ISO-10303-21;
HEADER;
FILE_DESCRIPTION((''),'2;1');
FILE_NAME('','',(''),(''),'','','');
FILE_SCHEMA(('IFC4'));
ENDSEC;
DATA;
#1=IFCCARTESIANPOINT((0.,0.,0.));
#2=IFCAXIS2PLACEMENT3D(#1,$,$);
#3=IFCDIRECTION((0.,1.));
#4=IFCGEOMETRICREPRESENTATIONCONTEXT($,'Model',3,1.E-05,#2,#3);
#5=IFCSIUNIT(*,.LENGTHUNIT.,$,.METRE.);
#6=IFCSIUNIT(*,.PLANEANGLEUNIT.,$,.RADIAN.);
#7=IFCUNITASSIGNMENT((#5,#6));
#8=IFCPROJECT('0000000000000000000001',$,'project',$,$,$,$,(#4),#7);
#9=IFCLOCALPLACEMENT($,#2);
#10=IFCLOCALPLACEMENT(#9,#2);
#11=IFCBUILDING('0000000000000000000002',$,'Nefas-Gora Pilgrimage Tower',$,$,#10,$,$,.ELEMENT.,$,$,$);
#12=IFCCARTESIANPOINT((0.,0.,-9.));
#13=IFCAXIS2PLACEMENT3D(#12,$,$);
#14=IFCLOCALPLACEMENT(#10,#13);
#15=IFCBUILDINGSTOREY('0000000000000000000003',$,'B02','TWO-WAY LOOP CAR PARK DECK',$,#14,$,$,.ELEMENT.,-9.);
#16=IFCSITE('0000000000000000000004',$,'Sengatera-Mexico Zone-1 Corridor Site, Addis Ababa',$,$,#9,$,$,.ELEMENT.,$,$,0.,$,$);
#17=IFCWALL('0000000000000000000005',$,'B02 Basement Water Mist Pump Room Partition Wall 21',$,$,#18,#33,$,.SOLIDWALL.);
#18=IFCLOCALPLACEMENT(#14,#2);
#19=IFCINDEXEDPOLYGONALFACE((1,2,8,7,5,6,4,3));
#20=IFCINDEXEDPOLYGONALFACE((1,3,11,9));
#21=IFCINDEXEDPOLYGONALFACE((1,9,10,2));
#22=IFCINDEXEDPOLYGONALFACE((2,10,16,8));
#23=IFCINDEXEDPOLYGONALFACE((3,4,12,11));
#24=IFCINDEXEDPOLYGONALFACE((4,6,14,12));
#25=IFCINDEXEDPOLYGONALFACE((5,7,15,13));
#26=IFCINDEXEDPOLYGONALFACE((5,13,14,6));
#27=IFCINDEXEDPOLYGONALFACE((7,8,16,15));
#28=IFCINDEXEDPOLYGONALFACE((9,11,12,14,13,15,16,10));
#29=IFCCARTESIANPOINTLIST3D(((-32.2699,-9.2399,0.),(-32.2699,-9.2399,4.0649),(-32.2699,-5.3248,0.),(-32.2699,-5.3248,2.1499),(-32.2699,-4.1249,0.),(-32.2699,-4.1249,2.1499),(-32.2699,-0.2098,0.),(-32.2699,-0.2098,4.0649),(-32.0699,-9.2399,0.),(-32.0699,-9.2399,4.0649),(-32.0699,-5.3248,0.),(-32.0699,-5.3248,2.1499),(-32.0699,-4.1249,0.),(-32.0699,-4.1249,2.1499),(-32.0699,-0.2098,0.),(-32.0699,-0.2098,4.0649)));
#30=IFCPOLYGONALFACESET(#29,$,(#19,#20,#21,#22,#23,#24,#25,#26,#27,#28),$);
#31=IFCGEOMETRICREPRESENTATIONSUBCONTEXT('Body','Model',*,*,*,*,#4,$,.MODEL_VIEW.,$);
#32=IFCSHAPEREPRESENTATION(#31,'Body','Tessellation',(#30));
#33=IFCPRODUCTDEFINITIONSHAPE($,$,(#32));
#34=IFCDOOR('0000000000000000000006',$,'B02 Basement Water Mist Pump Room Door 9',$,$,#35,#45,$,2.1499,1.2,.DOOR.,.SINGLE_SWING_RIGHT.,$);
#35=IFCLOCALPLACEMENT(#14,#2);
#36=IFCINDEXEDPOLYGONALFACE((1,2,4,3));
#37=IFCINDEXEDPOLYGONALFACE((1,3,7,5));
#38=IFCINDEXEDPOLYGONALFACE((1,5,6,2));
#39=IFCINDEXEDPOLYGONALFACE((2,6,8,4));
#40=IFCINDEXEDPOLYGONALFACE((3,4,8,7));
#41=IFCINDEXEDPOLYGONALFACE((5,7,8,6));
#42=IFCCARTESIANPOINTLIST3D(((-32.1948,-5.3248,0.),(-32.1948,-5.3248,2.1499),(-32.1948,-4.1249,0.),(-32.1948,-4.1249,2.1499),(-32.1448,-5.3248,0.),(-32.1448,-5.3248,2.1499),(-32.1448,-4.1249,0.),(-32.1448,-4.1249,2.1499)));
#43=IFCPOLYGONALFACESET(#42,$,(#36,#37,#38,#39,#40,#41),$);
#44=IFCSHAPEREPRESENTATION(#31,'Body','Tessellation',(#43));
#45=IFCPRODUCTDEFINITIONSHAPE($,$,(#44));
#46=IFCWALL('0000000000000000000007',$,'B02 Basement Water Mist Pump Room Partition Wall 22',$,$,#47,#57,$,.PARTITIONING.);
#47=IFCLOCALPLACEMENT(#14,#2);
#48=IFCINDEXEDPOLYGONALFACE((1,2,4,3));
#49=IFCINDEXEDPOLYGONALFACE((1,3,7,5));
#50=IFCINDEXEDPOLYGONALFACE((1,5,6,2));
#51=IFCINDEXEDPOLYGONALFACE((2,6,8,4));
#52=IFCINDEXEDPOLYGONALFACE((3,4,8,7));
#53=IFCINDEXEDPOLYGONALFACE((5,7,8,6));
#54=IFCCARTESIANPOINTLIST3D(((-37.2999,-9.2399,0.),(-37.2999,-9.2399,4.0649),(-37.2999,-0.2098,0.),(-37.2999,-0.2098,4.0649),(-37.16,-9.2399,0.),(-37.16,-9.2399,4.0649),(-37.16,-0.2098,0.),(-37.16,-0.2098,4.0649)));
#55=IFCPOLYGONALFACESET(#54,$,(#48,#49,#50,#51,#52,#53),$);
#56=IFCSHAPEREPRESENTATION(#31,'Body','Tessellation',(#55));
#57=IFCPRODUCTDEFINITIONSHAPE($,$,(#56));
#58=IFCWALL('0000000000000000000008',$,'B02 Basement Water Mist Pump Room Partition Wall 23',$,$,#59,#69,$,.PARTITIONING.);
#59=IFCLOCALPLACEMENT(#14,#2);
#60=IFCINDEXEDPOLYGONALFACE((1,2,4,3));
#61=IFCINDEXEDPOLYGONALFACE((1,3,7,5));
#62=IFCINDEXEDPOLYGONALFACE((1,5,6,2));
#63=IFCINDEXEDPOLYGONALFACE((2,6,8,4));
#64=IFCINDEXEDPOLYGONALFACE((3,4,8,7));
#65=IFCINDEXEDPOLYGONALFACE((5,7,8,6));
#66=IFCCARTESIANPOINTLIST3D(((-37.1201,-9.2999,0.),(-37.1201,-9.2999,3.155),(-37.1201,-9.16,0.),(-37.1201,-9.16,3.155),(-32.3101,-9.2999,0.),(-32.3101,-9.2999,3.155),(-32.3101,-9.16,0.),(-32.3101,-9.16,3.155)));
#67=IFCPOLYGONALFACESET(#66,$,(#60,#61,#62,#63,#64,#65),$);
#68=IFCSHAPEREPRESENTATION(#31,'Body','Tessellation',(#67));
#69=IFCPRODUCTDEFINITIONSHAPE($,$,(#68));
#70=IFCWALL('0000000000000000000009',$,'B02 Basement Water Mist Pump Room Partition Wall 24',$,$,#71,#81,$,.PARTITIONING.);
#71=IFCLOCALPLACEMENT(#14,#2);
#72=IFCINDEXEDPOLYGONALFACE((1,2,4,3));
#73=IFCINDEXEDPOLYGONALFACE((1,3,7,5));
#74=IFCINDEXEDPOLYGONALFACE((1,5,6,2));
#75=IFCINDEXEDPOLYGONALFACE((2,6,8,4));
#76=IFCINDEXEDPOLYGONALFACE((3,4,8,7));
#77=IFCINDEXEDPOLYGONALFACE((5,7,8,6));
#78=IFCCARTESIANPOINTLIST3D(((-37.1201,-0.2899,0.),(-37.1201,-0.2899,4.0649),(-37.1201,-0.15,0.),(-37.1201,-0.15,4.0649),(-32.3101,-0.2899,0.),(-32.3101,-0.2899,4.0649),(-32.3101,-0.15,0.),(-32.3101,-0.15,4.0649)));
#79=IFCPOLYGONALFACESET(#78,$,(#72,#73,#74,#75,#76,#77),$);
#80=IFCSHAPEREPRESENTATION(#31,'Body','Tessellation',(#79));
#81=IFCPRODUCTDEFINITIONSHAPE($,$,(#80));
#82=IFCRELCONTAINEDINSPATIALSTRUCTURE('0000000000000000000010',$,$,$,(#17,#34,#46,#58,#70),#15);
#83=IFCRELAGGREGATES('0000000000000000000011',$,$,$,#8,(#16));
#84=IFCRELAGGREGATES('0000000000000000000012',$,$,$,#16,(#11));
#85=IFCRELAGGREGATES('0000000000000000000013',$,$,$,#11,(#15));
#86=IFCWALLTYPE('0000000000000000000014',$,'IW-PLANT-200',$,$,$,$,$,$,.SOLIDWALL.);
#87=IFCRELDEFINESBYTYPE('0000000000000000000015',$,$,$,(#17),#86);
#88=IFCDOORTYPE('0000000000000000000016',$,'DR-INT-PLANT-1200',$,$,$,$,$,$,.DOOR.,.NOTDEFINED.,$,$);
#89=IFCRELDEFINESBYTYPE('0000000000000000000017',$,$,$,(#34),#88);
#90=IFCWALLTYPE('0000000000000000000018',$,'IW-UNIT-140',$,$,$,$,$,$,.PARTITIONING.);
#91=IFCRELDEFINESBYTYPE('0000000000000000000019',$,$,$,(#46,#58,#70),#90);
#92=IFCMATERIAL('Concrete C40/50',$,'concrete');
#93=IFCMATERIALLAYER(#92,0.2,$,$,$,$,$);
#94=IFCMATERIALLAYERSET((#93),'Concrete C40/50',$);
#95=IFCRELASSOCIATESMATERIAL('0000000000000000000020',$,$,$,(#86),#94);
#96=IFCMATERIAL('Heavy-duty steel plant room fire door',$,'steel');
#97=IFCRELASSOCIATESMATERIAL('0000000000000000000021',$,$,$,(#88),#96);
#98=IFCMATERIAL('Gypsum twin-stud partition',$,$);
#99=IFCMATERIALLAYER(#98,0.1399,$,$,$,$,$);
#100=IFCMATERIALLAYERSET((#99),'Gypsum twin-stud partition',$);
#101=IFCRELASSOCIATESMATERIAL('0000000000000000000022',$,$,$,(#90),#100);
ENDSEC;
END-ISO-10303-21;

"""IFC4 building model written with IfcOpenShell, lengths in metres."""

from ifc_helpers import new_model, si_unit, direction, frame, frame_2d, origin, place, context, subcontext, project, spatial, rectangle, extrude, source, transform, mapped, material, layer, layer_set, type_object, element, fill, save


model = new_model("IFC4")

# Units and contexts
model_context = context("Model", 3, precision=1e-05, world=origin(), true_north=direction((0.0, 1.0)))
body_context = subcontext(model_context, "Body", "Model", "MODEL_VIEW")
ifc_project = project(units=[si_unit("LENGTHUNIT", "METRE"), si_unit("PLANEANGLEUNIT", "RADIAN")], contexts=[model_context])

# Site, building, storey
site_placement = place(None, origin())
site = spatial("IfcSite", under=ifc_project, at=site_placement, Name="Sengatera-Mexico Zone-1 Corridor Site, Addis Ababa", CompositionType="ELEMENT", RefElevation=0.0)
building_placement = place(site_placement, origin())
building = spatial("IfcBuilding", under=site, at=building_placement, Name="Nefas-Gora Pilgrimage Tower", CompositionType="ELEMENT")
storey_placement = place(building_placement, frame((0.0, 0.0, -9.0)))
storey = spatial("IfcBuildingStorey", under=building, at=storey_placement, Name="B02", Description="TWO-WAY LOOP CAR PARK DECK", CompositionType="ELEMENT", Elevation=-9.0)

# Wall, opening, door
ifc_material_1 = material(Name="Concrete C40/50", Category="concrete")
ifc_layer_1 = layer(ifc_material_1, 0.2)
ifc_layer_set_1 = layer_set([ifc_layer_1], Name="Concrete C40/50")
wall_type_1 = type_object("IfcWallType", Name="IW-PLANT-200", PredefinedType="SOLIDWALL", material=ifc_layer_set_1)
shared_shape_1 = source(origin(), body_context, "Body", "SweptSolid", [
    extrude(rectangle(XDim=9.03, YDim=0.2, at=frame_2d((4.5151, 0.0))), origin(), (0.0, 0.0, 1.0), 4.0649),
])
wall_1_placement = place(storey_placement, frame((-32.1699, -9.24, 0.0), z_axis=(0.0, 0.0, 1.0), x_axis=(0.0, 1.0, 0.0)))
wall_1 = element("IfcWall", 1, at=wall_1_placement, inside=storey, type_object=wall_type_1, Name="B02 Basement Water Mist Pump Room Partition Wall 21", PredefinedType="SOLIDWALL", context=body_context, shape_type="MappedRepresentation", body=[
    mapped(shared_shape_1, transform((0.0, 0.0, 0.0), x_axis=(1.0, 0.0, 0.0), y_axis=(0.0, 1.0, 0.0), z_axis=(0.0, 0.0, 1.0), scale=1.0)),
])
opening_1_placement = place(wall_1_placement, frame((3.915, 0.0, 0.0)))
opening_1 = element("IfcOpeningElement", 2, at=opening_1_placement, cuts=wall_1, PredefinedType="OPENING", context=body_context, shape_type="SweptSolid", body=[
    extrude(rectangle(XDim=1.2, YDim=2.1499, at=frame_2d((0.6001, 1.075))), frame((0.0, 0.1099, 0.0), z_axis=(0.0, -1.0, 0.0), x_axis=(1.0, 0.0, 0.0)), (0.0, 0.0, 1.0), 0.22),
])
ifc_material_2 = material(Name="Heavy-duty steel plant room fire door", Category="steel")
door_type_1 = type_object("IfcDoorType", Name="DR-INT-PLANT-1200", OperationType="NOTDEFINED", PredefinedType="DOOR", material=ifc_material_2)
shared_shape_2 = source(origin(), body_context, "Body", "SweptSolid", [
    extrude(rectangle(XDim=1.2, YDim=2.1499, at=frame_2d((0.6001, 1.075))), frame((0.0, 0.0249, 0.0), z_axis=(0.0, -1.0, 0.0), x_axis=(1.0, 0.0, 0.0)), (0.0, 0.0, 1.0), 0.05),
])
door_1_placement = place(opening_1_placement, origin())
door_1 = element("IfcDoor", 3, at=door_1_placement, inside=storey, type_object=door_type_1, Name="B02 Basement Water Mist Pump Room Door 9", OperationType="SINGLE_SWING_RIGHT", OverallHeight=2.1499, OverallWidth=1.2, PredefinedType="DOOR", context=body_context, shape_type="MappedRepresentation", body=[
    mapped(shared_shape_2, transform((0.0, 0.0, 0.0), x_axis=(1.0, 0.0, 0.0), y_axis=(0.0, 1.0, 0.0), z_axis=(0.0, 0.0, 1.0), scale=1.0)),
])
fill(opening_1, door_1)

# Walls
ifc_material_3 = material(Name="Gypsum twin-stud partition")
ifc_layer_2 = layer(ifc_material_3, 0.1399)
ifc_layer_set_2 = layer_set([ifc_layer_2], Name="Gypsum twin-stud partition")
wall_type_2 = type_object("IfcWallType", Name="IW-UNIT-140", PredefinedType="PARTITIONING", material=ifc_layer_set_2)
shared_shape_3 = source(origin(), body_context, "Body", "SweptSolid", [
    extrude(rectangle(XDim=9.03, YDim=0.1399, at=frame_2d((4.5151, 0.0))), origin(), (0.0, 0.0, 1.0), 4.0649),
])
wall_2_placement = place(storey_placement, frame((-37.23, -9.24, 0.0), z_axis=(0.0, 0.0, 1.0), x_axis=(0.0, 1.0, 0.0)))
element("IfcWall", 4, at=wall_2_placement, inside=storey, type_object=wall_type_2, Name="B02 Basement Water Mist Pump Room Partition Wall 22", PredefinedType="PARTITIONING", context=body_context, shape_type="MappedRepresentation", body=[
    mapped(shared_shape_3, transform((0.0, 0.0, 0.0), x_axis=(1.0, 0.0, 0.0), y_axis=(0.0, 1.0, 0.0), z_axis=(0.0, 0.0, 1.0), scale=1.0)),
])
shared_shape_4 = source(origin(), body_context, "Body", "SweptSolid", [
    extrude(rectangle(XDim=4.8101, YDim=0.1399, at=frame_2d((2.405, 0.0))), origin(), (0.0, 0.0, 1.0), 3.155),
])
wall_3_placement = place(storey_placement, frame((-37.1201, -9.23, 0.0), z_axis=(0.0, 0.0, 1.0), x_axis=(1.0, 0.0, 0.0)))
element("IfcWall", 5, at=wall_3_placement, inside=storey, type_object=wall_type_2, Name="B02 Basement Water Mist Pump Room Partition Wall 23", PredefinedType="PARTITIONING", context=body_context, shape_type="MappedRepresentation", body=[
    mapped(shared_shape_4, transform((0.0, 0.0, 0.0), x_axis=(1.0, 0.0, 0.0), y_axis=(0.0, 1.0, 0.0), z_axis=(0.0, 0.0, 1.0), scale=1.0)),
])
shared_shape_5 = source(origin(), body_context, "Body", "SweptSolid", [
    extrude(rectangle(XDim=4.8101, YDim=0.1399, at=frame_2d((2.405, 0.0))), origin(), (0.0, 0.0, 1.0), 4.0649),
])
wall_4_placement = place(storey_placement, frame((-37.1201, -0.22, 0.0), z_axis=(0.0, 0.0, 1.0), x_axis=(1.0, 0.0, 0.0)))
element("IfcWall", 6, at=wall_4_placement, inside=storey, type_object=wall_type_2, Name="B02 Basement Water Mist Pump Room Partition Wall 24", PredefinedType="PARTITIONING", context=body_context, shape_type="MappedRepresentation", body=[
    mapped(shared_shape_5, transform((0.0, 0.0, 0.0), x_axis=(1.0, 0.0, 0.0), y_axis=(0.0, 1.0, 0.0), z_axis=(0.0, 0.0, 1.0), scale=1.0)),
])

save(model, "model.ifc")
